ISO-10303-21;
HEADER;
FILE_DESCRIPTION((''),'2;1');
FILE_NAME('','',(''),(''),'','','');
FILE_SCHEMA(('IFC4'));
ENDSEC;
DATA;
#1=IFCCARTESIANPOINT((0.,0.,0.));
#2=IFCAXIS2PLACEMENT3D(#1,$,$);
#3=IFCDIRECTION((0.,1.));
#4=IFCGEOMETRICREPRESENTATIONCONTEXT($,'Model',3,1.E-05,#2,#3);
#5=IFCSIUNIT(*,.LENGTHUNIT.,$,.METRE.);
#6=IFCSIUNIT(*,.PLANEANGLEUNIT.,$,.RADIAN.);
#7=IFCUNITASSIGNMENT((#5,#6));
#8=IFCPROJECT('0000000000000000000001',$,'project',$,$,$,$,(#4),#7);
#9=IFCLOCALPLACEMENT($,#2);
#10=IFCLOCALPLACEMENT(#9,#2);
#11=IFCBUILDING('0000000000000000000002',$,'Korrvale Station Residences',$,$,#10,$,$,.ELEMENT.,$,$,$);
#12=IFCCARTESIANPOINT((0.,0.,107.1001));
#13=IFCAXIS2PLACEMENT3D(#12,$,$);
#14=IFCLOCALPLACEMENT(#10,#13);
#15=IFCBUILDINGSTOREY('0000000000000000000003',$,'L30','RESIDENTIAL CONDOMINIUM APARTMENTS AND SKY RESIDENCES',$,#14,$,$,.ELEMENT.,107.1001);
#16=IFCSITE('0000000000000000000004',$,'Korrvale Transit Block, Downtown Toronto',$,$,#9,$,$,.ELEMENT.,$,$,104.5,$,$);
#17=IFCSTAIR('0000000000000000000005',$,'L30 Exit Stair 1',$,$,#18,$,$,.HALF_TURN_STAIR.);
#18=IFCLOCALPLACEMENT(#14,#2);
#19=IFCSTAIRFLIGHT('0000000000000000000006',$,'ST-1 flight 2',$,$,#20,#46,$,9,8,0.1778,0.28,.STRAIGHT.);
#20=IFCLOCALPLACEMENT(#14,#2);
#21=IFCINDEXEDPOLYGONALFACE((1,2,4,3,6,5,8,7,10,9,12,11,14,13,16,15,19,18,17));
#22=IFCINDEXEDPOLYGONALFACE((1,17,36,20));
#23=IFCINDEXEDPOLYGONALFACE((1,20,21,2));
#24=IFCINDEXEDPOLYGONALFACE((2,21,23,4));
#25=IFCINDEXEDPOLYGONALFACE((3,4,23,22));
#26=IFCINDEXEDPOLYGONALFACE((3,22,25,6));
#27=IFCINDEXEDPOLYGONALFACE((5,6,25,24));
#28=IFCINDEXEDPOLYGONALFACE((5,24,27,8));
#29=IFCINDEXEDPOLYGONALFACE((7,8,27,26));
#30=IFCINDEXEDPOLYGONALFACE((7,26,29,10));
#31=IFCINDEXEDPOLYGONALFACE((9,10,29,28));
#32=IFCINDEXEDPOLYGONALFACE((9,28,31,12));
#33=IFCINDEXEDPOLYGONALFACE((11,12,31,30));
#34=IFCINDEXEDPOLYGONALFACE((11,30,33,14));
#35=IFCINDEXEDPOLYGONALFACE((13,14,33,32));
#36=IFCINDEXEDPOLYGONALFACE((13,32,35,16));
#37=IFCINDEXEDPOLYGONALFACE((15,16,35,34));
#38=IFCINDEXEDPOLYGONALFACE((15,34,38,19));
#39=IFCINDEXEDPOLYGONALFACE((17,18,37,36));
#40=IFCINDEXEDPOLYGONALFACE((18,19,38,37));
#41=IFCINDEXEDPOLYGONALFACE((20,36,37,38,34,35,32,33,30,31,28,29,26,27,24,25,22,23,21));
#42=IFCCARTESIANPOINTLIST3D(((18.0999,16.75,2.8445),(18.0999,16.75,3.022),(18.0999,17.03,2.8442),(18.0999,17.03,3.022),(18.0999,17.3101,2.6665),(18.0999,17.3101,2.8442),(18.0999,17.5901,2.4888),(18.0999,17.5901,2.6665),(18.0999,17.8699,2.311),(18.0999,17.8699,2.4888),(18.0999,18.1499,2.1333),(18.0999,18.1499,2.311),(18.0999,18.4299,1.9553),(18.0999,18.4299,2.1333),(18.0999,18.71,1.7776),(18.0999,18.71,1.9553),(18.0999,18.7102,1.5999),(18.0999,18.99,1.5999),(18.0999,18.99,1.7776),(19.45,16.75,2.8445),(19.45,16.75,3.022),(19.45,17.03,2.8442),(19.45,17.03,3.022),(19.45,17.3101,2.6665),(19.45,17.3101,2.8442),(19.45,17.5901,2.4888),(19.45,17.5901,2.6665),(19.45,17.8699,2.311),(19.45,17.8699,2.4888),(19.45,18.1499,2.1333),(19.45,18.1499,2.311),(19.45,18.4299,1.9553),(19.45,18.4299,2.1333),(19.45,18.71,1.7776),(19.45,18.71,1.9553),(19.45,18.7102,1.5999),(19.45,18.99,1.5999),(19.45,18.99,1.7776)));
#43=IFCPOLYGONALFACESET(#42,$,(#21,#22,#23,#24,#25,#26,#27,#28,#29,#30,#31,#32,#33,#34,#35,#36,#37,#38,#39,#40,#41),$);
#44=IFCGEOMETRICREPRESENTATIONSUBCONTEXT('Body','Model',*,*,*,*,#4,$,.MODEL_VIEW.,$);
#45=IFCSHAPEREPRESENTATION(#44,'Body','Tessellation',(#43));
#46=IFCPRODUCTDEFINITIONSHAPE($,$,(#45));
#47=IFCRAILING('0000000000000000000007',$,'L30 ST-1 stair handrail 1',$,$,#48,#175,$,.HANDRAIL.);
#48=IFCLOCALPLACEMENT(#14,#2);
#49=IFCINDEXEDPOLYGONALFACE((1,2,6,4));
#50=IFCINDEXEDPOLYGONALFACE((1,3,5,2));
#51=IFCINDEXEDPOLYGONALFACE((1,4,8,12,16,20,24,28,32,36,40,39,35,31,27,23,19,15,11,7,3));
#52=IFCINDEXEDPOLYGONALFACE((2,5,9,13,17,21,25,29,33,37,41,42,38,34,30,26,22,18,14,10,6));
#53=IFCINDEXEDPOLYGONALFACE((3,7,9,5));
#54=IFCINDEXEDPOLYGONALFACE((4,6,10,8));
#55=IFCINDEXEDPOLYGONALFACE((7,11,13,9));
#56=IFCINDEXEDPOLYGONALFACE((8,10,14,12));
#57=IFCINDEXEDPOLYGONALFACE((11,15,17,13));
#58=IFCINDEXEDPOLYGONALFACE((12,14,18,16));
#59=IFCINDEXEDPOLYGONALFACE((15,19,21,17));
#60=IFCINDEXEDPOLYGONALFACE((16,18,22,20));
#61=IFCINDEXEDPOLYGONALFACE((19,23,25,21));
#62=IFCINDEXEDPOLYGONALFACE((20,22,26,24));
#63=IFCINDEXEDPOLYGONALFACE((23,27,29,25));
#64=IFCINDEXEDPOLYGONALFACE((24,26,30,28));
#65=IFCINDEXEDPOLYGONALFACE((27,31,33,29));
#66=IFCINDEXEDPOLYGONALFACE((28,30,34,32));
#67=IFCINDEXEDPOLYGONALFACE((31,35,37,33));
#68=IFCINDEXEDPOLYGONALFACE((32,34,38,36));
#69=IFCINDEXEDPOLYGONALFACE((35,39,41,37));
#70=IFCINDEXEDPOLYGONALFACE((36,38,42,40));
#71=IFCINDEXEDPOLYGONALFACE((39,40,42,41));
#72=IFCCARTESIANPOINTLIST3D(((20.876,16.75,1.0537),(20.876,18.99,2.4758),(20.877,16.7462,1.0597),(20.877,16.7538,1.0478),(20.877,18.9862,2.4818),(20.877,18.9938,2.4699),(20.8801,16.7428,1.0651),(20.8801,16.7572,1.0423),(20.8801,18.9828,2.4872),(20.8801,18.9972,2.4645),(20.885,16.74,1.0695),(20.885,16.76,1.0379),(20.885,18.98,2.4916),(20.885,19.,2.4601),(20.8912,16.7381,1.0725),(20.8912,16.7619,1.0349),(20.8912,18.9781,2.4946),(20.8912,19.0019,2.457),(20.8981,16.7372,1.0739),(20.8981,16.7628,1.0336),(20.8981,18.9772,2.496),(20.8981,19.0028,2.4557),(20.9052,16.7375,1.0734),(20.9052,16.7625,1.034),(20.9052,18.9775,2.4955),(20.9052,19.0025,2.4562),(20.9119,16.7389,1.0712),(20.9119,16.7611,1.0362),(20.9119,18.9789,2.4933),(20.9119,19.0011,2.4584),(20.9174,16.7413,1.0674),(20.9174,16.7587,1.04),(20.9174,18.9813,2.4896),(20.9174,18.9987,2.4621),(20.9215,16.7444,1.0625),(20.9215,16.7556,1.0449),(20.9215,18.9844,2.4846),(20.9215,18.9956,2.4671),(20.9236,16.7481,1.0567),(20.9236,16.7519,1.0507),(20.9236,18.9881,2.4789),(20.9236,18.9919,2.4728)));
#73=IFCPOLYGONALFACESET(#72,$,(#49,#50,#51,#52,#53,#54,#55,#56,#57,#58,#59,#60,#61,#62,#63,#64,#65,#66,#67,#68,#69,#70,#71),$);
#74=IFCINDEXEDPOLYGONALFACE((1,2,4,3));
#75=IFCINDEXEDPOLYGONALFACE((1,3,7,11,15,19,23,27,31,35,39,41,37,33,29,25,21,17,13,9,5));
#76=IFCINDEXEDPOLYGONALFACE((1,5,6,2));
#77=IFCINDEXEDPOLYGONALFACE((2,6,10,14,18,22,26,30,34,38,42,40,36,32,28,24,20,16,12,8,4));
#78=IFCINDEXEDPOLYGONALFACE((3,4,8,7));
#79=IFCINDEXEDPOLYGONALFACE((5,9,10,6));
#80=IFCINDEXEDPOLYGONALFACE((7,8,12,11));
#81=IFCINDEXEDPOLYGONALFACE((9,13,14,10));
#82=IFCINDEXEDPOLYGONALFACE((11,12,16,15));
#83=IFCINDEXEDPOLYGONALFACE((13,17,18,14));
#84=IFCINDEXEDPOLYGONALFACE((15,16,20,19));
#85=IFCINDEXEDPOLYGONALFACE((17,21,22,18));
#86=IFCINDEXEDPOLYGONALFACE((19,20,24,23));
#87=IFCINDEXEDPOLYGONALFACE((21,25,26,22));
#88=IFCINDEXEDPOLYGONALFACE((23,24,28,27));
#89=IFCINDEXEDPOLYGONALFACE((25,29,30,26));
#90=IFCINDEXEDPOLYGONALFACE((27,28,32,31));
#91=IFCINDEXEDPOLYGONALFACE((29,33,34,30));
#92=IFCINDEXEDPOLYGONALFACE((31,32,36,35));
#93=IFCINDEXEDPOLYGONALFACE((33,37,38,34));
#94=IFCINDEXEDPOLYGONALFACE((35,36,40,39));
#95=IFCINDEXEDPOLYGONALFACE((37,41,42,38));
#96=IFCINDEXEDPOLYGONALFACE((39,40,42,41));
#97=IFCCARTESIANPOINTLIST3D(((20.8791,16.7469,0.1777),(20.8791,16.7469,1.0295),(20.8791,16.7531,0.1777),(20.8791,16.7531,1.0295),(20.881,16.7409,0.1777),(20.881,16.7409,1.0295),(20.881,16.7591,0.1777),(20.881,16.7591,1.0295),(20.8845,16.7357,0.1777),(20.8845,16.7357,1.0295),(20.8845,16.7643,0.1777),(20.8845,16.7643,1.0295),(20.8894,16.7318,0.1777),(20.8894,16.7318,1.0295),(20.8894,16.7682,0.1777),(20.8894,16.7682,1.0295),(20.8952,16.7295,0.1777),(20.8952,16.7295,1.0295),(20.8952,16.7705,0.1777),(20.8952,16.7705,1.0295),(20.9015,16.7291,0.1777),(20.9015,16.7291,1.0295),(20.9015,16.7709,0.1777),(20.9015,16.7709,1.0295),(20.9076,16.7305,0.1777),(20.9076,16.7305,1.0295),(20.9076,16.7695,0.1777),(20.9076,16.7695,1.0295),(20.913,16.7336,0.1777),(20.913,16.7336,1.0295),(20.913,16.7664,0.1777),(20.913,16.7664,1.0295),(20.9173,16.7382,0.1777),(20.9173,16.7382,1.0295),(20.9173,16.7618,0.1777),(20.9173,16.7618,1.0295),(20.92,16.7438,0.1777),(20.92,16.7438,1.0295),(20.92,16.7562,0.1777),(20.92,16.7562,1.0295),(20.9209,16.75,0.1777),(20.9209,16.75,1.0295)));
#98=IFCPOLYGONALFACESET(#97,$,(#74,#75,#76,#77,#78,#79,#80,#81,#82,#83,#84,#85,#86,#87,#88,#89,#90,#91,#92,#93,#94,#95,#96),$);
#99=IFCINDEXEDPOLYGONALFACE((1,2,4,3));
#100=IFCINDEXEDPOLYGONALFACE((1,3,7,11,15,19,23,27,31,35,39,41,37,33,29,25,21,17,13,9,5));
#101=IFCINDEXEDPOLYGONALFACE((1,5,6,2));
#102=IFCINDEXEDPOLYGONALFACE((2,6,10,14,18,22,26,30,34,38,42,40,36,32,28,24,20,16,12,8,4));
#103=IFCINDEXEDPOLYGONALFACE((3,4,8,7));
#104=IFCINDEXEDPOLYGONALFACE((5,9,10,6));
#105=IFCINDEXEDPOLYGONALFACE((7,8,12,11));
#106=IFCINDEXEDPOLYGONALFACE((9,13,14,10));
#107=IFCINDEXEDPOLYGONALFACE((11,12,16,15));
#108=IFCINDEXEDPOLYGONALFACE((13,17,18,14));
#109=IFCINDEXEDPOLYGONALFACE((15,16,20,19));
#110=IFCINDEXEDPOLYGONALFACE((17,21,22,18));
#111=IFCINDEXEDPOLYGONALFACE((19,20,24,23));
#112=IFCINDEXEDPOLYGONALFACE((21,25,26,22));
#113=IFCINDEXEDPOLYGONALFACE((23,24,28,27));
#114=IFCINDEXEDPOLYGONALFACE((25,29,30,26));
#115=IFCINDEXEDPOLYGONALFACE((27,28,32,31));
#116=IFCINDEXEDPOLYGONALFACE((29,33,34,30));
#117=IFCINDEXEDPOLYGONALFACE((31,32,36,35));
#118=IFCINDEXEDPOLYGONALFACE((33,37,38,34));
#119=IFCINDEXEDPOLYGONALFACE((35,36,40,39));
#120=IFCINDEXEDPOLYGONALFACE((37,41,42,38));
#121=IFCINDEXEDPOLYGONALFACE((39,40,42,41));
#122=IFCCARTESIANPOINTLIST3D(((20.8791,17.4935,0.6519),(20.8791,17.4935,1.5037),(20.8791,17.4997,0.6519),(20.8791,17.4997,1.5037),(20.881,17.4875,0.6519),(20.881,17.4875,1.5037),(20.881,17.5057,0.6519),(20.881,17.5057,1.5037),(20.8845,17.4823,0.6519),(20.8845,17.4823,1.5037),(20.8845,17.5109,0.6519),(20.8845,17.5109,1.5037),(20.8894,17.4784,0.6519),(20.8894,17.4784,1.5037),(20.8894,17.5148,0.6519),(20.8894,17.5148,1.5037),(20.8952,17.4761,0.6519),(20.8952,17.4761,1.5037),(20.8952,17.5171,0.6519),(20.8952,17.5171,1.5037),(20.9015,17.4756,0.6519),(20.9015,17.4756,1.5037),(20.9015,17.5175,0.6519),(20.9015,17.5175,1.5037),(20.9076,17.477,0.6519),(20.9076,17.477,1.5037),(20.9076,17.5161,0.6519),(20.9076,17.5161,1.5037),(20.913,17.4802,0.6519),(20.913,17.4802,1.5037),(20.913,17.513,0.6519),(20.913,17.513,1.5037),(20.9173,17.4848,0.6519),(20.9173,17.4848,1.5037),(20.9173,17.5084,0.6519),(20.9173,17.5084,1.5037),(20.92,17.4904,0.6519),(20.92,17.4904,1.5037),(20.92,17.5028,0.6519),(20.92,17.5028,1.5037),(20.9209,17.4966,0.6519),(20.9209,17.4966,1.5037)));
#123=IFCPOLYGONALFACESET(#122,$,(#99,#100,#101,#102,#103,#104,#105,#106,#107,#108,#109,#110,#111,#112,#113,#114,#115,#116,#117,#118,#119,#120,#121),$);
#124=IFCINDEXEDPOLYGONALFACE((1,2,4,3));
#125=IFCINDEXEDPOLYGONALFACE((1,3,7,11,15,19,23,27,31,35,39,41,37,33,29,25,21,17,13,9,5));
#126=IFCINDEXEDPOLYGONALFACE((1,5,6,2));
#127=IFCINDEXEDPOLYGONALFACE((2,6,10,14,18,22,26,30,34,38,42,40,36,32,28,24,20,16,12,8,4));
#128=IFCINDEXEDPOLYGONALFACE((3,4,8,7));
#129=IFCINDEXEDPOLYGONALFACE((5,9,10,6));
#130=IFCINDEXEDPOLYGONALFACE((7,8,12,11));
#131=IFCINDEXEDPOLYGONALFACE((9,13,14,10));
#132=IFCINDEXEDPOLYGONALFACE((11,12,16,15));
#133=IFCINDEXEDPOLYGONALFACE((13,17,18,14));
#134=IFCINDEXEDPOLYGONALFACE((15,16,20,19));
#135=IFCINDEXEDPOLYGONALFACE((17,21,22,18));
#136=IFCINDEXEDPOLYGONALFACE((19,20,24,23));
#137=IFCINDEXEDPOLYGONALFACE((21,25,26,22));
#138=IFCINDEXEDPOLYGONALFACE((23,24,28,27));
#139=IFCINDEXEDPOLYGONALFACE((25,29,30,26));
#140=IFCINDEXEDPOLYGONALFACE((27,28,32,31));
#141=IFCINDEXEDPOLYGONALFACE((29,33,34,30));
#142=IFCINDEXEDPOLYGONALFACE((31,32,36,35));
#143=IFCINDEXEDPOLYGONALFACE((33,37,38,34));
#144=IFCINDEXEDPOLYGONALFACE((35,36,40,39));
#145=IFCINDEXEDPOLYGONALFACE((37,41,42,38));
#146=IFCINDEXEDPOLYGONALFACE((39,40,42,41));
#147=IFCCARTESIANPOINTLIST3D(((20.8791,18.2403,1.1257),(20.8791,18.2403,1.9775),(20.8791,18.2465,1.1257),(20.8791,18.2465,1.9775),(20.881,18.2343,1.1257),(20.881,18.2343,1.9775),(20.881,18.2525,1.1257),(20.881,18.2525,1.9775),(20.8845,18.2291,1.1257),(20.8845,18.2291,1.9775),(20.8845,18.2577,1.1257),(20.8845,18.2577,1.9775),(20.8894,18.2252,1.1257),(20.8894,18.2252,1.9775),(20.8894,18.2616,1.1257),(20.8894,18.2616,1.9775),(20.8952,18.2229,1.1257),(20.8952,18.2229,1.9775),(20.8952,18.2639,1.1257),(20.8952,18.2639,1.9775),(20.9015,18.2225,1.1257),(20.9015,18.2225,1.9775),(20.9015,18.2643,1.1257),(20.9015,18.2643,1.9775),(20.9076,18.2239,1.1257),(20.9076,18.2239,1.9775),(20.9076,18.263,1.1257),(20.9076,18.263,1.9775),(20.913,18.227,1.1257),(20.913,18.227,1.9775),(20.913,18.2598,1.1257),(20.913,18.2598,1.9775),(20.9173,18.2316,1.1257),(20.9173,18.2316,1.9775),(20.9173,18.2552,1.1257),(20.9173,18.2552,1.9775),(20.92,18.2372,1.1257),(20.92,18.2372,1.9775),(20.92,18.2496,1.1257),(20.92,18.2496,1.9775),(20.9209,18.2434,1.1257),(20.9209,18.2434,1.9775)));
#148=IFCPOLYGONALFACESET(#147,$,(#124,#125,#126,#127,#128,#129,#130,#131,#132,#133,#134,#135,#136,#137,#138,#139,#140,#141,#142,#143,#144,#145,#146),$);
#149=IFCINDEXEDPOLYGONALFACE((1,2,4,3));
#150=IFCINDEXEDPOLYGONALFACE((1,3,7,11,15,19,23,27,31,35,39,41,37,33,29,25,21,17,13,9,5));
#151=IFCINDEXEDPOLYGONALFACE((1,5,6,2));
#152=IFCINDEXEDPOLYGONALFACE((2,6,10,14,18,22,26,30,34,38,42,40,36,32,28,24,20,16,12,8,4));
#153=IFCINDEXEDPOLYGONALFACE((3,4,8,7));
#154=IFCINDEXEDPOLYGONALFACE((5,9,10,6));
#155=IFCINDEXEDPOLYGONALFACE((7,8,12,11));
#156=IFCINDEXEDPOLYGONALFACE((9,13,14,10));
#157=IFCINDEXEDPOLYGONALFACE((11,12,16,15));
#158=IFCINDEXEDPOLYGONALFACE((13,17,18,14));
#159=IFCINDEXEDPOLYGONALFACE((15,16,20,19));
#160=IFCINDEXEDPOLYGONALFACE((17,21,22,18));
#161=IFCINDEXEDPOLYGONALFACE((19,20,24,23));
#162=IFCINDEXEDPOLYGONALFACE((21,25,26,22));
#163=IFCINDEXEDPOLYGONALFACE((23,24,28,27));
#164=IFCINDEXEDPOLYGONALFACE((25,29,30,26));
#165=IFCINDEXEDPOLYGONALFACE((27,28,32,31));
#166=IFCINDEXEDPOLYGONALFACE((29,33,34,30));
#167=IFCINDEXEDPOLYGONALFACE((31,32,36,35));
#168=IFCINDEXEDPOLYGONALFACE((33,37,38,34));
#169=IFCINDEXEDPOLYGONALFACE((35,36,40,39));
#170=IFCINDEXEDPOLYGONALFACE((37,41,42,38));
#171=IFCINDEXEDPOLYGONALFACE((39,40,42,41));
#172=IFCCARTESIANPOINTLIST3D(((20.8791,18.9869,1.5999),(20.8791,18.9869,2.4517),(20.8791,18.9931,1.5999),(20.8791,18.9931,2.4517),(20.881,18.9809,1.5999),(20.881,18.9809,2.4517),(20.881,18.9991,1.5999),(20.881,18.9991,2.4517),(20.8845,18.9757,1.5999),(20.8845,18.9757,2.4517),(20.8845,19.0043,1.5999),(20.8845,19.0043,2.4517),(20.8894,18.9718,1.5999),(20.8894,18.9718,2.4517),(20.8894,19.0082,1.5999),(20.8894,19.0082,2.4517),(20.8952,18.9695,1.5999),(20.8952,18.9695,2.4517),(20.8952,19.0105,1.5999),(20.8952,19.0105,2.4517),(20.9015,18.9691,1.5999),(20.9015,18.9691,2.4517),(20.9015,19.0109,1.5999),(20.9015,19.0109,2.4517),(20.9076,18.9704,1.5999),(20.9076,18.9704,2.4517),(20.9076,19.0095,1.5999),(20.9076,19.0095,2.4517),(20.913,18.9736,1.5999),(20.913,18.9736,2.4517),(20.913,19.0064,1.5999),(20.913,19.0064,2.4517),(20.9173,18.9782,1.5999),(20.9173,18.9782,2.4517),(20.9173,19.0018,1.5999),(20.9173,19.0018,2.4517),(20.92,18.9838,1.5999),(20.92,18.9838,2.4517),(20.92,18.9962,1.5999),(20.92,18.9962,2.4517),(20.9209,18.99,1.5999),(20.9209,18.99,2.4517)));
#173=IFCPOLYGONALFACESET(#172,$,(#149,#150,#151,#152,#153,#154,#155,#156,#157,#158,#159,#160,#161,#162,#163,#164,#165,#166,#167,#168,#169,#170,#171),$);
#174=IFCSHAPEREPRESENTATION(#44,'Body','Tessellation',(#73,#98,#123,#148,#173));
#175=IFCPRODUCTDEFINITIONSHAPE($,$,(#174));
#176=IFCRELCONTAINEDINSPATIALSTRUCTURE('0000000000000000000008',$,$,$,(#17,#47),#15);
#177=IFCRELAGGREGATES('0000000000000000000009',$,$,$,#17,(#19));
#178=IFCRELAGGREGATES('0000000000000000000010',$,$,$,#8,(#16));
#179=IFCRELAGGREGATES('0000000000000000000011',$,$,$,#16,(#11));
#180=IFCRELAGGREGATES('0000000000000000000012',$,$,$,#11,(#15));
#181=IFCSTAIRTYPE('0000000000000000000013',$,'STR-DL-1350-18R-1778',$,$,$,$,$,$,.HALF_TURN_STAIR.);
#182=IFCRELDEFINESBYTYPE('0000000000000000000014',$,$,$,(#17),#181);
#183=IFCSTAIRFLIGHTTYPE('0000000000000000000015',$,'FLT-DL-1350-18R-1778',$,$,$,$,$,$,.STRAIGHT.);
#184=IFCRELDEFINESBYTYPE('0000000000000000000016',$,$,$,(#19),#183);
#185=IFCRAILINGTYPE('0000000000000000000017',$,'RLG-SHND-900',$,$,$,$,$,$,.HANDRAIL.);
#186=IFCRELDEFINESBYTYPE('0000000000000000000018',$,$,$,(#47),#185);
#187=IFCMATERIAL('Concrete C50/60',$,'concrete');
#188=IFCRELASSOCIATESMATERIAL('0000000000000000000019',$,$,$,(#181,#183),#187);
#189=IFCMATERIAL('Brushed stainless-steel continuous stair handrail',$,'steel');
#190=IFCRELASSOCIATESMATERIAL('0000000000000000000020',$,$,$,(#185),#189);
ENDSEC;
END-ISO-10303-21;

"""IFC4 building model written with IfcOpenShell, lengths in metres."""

from ifc_helpers import new_model, si_unit, direction, frame, origin, origin_2d, place, context, subcontext, project, spatial, polyline, circle, outline, extrude, material, type_object, element, aggregate, save


model = new_model("IFC4")

# Units and contexts
model_context = context("Model", 3, precision=1e-05, world=origin(), true_north=direction((0.0, 1.0)))
body_context = subcontext(model_context, "Body", "Model", "MODEL_VIEW")
ifc_project = project(units=[si_unit("LENGTHUNIT", "METRE"), si_unit("PLANEANGLEUNIT", "RADIAN")], contexts=[model_context])

# Site, building, storey
site_placement = place(None, origin())
site = spatial("IfcSite", under=ifc_project, at=site_placement, Name="Korrvale Transit Block, Downtown Toronto", CompositionType="ELEMENT", RefElevation=104.5)
building_placement = place(site_placement, origin())
building = spatial("IfcBuilding", under=site, at=building_placement, Name="Korrvale Station Residences", CompositionType="ELEMENT")
storey_placement = place(building_placement, frame((0.0, 0.0, 107.1001)))
storey = spatial("IfcBuildingStorey", under=building, at=storey_placement, Name="L30", Description="RESIDENTIAL CONDOMINIUM APARTMENTS AND SKY RESIDENCES", CompositionType="ELEMENT", Elevation=107.1001)

# Stair, stair flight
ifc_material_1 = material(Name="Concrete C50/60", Category="concrete")
stair_type = type_object("IfcStairType", Name="STR-DL-1350-18R-1778", PredefinedType="HALF_TURN_STAIR", material=ifc_material_1)
stair_placement = place(storey_placement, origin())
stair = element("IfcStair", 1, at=stair_placement, inside=storey, type_object=stair_type, Name="L30 Exit Stair 1", PredefinedType="HALF_TURN_STAIR")
stair_flight_type = type_object("IfcStairFlightType", Name="FLT-DL-1350-18R-1778", PredefinedType="STRAIGHT", material=ifc_material_1)
stair_flight_1_placement = place(storey_placement, frame((18.7749, 18.99, 1.5999), z_axis=(0.0, 0.0, 1.0), x_axis=(0.0, -1.0, 0.0)))
stair_flight_1 = element("IfcStairFlight", 2, at=stair_flight_1_placement, type_object=stair_flight_type, Name="ST-1 flight 2", NumberOfRisers=9, NumberOfTreads=8, PredefinedType="STRAIGHT", RiserHeight=0.1778, TreadLength=0.28, context=body_context, shape_type="SweptSolid", body=[
    extrude(outline(polyline([(0.0, 0.0), (0.0, 0.1777), (0.28, 0.1777), (0.28, 0.3555), (0.5601, 0.3555), (0.5601, 0.5334), (0.8401, 0.5334), (0.8401, 0.7112), (1.1201, 0.7112), (1.1201, 0.8889), (1.3999, 0.8889), (1.3999, 1.0667), (1.6799, 1.0667), (1.6799, 1.2444), (1.96, 1.2444), (1.96, 1.4221), (2.24, 1.4221), (2.24, 1.6001), (2.24, 1.2446), (0.2798, 0.0), (0.0, 0.0)])), frame((0.0, 0.675, 0.0), z_axis=(0.0, -1.0, 0.0), x_axis=(1.0, 0.0, 0.0)), (0.0, 0.0, 1.0), 1.3501),
])
aggregate(stair, [stair_flight_1])

# Railing
ifc_material_2 = material(Name="Brushed stainless-steel continuous stair handrail", Category="steel")
railing_type_1 = type_object("IfcRailingType", Name="RLG-SHND-900", PredefinedType="HANDRAIL", material=ifc_material_2)
railing_1_placement = place(storey_placement, frame((20.8999, 16.75, 0.1777)))
element("IfcRailing", 3, at=railing_1_placement, inside=storey, type_object=railing_type_1, Name="L30 ST-1 stair handrail 1", PredefinedType="HANDRAIL", context=body_context, shape_type="SweptSolid", body=[
    extrude(circle(Radius=0.0239, at=origin_2d()), frame((0.0, 0.0, 0.876), z_axis=(0.0, 0.844229, 0.535982), x_axis=(-1.0, 0.0, 0.0)), (0.0, 0.0, 1.0), 2.6533),
    extrude(circle(Radius=0.021, at=origin_2d()), origin(), (0.0, 0.0, 1.0), 0.8518),
    extrude(circle(Radius=0.021, at=origin_2d()), frame((0.0, 0.7466, 0.4741)), (0.0, 0.0, 1.0), 0.8518),
    extrude(circle(Radius=0.021, at=origin_2d()), frame((0.0, 1.4934, 0.948)), (0.0, 0.0, 1.0), 0.8518),
    extrude(circle(Radius=0.021, at=origin_2d()), frame((0.0, 2.24, 1.4221)), (0.0, 0.0, 1.0), 0.8518),
])

save(model, "model.ifc")
